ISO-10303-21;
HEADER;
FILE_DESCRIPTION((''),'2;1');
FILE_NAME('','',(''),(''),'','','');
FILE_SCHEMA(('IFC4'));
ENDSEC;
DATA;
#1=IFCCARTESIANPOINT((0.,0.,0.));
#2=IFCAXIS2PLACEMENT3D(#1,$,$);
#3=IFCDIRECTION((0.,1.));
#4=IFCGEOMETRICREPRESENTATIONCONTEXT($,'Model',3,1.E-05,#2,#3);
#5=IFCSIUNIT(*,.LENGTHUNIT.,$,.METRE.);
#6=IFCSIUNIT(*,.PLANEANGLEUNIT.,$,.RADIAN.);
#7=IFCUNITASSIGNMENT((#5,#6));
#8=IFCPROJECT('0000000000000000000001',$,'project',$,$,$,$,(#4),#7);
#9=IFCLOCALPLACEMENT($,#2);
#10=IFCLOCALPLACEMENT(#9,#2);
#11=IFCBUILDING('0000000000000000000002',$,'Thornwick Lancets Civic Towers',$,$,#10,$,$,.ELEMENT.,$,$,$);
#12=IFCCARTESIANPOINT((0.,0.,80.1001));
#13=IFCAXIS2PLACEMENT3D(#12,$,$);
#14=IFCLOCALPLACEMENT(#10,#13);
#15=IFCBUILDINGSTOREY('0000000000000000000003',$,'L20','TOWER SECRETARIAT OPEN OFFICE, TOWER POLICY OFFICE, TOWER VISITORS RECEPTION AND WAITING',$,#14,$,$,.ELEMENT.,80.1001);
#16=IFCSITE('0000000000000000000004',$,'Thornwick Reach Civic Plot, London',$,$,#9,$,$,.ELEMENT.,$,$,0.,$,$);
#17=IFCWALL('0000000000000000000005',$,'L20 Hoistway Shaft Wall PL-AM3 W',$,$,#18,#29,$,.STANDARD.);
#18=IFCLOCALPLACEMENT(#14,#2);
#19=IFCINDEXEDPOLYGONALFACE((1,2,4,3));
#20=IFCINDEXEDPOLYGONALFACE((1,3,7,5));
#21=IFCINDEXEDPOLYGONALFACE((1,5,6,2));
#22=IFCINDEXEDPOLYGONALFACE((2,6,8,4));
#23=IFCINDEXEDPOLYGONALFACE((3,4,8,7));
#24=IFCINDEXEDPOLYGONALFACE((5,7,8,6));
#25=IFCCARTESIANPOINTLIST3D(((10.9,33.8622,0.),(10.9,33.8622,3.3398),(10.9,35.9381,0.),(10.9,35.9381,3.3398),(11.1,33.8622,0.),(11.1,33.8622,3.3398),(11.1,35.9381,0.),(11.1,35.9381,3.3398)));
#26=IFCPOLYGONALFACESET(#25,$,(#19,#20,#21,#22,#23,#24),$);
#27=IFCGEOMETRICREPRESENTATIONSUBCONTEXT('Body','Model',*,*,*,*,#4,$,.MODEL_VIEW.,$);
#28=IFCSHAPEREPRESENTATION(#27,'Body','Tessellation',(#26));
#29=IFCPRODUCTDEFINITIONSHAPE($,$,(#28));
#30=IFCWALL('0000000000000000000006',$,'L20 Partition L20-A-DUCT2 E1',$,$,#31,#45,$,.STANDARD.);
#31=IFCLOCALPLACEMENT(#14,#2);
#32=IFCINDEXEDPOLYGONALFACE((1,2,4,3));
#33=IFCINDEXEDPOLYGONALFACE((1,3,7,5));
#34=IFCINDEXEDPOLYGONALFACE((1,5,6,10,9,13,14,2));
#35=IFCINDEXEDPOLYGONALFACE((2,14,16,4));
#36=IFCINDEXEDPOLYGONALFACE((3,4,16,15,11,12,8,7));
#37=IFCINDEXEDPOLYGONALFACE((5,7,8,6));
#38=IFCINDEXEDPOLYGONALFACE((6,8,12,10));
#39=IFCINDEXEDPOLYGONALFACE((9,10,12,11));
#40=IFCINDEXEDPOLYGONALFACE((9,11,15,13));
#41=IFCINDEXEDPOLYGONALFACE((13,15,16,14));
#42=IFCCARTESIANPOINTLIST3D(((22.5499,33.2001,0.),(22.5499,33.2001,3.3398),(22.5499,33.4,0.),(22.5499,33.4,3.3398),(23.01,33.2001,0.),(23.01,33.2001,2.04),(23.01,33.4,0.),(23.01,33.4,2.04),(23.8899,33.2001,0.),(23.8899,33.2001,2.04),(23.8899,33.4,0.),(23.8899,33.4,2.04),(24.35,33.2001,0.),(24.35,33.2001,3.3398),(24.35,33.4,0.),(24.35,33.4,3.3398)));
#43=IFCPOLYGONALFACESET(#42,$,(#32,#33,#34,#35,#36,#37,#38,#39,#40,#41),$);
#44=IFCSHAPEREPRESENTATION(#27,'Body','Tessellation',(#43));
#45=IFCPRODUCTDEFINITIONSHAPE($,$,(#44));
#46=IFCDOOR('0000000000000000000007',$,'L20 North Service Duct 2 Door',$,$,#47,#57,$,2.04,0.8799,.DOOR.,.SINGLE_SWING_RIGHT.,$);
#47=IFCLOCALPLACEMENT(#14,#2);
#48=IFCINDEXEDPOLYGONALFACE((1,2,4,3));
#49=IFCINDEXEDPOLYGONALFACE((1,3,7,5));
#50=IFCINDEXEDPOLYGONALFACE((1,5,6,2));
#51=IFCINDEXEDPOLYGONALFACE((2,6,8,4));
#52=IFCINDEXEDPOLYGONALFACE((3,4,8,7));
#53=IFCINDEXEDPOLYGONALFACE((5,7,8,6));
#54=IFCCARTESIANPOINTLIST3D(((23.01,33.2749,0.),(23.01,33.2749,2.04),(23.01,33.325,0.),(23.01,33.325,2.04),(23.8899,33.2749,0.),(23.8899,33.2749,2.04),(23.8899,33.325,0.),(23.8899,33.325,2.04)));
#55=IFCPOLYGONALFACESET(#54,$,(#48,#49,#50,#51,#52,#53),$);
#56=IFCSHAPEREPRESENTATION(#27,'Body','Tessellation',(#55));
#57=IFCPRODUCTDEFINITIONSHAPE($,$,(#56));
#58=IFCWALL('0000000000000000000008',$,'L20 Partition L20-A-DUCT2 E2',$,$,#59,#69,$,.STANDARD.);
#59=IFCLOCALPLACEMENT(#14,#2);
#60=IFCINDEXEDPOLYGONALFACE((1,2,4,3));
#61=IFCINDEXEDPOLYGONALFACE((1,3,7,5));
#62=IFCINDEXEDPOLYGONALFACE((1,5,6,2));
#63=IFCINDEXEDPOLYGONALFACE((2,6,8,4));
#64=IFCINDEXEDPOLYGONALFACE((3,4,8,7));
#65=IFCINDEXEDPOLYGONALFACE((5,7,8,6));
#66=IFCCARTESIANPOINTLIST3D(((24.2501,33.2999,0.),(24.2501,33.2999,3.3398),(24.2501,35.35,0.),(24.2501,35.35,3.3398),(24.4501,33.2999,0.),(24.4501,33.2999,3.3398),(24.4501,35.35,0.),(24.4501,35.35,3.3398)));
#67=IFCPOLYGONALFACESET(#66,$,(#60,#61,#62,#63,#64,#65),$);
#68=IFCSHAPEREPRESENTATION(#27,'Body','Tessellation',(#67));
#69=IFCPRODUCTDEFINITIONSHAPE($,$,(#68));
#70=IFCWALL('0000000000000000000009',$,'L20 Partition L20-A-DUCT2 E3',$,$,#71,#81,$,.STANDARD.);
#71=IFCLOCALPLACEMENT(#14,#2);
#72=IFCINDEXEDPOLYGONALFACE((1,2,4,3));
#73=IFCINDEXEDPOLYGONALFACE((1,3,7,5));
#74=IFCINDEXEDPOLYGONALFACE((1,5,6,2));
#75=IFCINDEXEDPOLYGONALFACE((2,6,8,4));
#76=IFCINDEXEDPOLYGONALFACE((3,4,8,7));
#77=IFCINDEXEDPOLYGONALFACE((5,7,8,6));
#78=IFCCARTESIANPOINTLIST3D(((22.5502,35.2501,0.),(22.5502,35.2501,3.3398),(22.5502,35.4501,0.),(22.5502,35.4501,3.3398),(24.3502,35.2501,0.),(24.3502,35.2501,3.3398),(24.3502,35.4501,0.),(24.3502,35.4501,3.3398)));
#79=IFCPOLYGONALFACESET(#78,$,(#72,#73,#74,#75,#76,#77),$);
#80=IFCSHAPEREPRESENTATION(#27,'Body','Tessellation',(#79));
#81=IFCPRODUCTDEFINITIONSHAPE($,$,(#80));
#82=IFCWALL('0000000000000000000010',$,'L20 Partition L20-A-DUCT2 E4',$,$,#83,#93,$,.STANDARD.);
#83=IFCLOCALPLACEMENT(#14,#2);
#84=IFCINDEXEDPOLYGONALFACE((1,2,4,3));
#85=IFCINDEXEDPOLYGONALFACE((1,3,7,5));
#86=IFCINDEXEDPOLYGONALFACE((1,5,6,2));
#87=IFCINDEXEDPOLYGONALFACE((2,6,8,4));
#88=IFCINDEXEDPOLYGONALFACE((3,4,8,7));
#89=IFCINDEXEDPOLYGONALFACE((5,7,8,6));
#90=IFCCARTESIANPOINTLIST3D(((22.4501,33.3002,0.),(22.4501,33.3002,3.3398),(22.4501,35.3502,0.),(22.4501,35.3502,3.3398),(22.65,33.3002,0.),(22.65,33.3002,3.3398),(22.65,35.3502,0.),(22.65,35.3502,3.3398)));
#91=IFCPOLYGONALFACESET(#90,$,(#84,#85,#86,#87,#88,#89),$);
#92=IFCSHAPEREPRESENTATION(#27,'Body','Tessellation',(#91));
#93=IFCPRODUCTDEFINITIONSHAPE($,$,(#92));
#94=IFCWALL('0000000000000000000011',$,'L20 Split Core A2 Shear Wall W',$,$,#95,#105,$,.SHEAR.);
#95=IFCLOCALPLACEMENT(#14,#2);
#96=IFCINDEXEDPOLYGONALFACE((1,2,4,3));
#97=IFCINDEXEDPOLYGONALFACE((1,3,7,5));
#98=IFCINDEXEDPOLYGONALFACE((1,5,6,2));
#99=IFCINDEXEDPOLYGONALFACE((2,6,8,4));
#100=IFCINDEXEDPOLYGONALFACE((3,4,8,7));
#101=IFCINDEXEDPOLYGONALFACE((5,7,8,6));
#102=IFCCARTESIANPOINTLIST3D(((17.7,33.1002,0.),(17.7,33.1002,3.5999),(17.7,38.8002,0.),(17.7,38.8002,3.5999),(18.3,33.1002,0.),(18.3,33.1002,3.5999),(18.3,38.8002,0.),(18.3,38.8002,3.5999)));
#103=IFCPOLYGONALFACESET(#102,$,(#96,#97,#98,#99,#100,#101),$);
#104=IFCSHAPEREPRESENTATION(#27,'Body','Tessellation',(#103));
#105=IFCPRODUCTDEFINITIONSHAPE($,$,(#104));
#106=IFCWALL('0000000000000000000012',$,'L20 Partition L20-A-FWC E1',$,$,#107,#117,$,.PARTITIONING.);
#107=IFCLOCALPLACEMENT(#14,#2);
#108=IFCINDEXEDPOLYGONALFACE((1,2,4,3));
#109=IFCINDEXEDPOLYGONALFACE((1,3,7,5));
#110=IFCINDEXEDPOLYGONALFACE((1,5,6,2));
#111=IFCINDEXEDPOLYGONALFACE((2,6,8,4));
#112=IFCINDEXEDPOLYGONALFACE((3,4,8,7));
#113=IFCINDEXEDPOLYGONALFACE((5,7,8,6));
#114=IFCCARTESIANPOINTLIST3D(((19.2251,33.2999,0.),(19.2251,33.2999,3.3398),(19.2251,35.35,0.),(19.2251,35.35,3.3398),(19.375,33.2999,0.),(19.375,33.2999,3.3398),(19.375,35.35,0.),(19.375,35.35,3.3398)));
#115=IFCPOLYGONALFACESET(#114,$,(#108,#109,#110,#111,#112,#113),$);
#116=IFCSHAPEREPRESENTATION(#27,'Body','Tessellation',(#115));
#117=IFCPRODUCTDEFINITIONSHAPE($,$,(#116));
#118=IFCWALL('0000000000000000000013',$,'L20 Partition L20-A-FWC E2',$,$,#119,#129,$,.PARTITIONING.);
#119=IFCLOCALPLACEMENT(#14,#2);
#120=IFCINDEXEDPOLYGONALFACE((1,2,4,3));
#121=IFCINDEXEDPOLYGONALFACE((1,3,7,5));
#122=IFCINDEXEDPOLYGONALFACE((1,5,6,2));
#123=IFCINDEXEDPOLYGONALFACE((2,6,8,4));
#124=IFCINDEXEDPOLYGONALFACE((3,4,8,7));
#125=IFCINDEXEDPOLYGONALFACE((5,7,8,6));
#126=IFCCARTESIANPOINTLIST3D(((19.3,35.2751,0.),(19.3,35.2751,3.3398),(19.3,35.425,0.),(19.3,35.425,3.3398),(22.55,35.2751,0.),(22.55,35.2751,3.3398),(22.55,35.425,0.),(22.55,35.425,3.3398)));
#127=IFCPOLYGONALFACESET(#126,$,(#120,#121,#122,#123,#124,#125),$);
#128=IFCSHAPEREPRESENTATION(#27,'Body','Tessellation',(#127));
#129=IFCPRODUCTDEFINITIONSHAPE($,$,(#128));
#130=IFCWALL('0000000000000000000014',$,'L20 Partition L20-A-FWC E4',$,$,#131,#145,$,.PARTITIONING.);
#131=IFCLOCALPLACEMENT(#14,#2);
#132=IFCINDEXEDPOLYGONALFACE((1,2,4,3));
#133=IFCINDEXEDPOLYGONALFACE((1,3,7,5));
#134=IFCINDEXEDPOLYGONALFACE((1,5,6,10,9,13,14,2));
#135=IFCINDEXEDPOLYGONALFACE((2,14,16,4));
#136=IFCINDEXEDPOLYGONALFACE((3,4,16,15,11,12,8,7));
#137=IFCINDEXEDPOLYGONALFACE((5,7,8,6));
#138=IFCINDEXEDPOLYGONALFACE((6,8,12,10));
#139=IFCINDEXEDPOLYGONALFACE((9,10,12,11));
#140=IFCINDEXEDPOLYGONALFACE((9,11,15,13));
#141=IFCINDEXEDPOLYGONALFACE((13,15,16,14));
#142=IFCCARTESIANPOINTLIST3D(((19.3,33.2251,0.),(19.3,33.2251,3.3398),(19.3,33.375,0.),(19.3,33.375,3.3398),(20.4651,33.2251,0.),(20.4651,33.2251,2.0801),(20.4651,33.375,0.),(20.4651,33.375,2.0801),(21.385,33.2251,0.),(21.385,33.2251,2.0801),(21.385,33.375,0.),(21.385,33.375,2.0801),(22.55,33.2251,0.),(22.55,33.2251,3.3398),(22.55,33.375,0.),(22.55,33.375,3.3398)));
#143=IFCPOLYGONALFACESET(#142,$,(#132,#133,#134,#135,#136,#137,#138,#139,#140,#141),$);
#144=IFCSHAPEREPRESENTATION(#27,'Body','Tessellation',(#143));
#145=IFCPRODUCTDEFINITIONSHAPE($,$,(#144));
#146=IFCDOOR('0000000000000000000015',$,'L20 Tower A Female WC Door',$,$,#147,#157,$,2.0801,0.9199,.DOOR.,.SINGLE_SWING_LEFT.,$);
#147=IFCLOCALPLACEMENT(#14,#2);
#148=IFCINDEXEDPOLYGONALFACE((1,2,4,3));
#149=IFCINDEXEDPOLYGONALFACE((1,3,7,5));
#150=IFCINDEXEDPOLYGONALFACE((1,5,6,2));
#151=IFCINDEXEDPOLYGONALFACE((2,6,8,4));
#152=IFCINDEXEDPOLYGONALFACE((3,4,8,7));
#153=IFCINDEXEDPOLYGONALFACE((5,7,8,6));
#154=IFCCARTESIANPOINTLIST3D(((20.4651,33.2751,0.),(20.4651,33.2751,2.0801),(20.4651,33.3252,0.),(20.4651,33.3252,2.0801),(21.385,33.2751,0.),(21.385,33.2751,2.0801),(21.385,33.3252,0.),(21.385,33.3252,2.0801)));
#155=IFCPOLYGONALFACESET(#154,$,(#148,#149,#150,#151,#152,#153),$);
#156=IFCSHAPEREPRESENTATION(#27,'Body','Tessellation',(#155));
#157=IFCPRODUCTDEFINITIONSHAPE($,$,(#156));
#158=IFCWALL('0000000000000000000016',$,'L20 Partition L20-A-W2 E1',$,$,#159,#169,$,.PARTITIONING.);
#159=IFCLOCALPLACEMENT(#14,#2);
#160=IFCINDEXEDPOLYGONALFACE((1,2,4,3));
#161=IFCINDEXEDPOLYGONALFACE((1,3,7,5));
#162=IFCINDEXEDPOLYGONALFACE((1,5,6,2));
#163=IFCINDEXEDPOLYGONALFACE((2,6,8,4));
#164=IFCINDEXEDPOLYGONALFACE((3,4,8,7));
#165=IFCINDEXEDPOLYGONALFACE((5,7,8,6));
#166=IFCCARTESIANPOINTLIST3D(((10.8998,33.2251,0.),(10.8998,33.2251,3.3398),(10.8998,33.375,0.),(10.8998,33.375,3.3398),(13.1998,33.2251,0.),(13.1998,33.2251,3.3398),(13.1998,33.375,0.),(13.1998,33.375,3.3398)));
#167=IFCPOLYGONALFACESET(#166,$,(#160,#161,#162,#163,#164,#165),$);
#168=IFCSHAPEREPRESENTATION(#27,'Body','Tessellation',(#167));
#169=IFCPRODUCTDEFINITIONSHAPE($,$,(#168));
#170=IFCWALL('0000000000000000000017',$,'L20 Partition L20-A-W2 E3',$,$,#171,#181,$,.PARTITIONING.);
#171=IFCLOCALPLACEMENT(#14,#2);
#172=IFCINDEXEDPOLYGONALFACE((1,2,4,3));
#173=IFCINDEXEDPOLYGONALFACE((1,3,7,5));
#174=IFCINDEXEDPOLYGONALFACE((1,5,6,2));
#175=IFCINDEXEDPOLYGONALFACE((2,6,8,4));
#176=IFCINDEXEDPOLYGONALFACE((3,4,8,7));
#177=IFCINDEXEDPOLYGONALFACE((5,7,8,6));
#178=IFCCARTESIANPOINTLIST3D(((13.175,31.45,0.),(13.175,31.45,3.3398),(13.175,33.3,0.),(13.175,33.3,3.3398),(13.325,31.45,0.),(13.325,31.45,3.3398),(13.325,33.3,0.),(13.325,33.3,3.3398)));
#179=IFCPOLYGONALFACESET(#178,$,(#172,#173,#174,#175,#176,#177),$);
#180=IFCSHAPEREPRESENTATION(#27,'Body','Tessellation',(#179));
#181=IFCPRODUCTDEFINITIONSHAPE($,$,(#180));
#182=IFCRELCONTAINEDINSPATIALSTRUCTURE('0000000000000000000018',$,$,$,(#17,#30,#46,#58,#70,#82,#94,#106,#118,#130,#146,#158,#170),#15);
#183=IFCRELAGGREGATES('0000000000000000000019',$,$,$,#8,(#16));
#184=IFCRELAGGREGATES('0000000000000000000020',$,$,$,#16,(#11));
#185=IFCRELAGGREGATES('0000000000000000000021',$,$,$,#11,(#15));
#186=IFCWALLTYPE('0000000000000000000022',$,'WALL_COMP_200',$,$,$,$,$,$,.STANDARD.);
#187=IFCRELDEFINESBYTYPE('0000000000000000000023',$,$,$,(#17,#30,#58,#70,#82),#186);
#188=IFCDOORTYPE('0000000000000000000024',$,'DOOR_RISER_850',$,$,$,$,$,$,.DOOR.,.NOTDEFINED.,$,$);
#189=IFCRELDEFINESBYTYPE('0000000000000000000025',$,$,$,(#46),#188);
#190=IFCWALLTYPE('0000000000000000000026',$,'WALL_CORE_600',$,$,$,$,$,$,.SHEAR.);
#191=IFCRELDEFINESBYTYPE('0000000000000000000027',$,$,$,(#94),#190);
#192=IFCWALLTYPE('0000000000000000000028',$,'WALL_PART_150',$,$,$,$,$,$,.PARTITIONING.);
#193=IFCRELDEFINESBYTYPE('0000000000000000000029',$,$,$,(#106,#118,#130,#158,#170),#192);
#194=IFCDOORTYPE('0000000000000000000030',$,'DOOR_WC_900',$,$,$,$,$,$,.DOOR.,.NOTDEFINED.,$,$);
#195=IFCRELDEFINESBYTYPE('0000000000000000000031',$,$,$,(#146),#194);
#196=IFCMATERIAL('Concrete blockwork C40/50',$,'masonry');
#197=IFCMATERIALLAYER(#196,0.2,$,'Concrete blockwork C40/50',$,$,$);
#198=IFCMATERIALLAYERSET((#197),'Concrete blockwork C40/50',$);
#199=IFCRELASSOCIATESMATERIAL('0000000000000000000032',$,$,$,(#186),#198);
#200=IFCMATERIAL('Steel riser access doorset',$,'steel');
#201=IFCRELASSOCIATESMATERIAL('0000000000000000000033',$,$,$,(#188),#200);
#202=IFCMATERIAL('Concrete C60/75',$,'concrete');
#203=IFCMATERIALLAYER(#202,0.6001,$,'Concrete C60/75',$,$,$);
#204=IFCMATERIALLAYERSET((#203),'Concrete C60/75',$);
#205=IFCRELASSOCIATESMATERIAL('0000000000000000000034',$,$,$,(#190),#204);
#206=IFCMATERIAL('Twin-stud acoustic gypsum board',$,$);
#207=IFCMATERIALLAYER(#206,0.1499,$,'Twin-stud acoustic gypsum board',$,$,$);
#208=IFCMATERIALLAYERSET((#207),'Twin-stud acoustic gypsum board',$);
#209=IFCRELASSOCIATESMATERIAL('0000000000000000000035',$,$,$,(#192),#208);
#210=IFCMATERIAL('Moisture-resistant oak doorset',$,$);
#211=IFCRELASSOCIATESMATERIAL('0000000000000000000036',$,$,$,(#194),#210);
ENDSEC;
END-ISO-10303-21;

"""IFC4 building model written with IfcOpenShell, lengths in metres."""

from ifc_helpers import new_model, si_unit, direction, frame, frame_2d, origin, place, context, subcontext, project, spatial, rectangle, extrude, material, layer, layer_set, type_object, element, fill, save


model = new_model("IFC4")

# Units and contexts
model_context = context("Model", 3, precision=1e-05, world=origin(), true_north=direction((0.0, 1.0)))
body_context = subcontext(model_context, "Body", "Model", "MODEL_VIEW")
ifc_project = project(units=[si_unit("LENGTHUNIT", "METRE"), si_unit("PLANEANGLEUNIT", "RADIAN")], contexts=[model_context])

# Site, building, storey
site_placement = place(None, origin())
site = spatial("IfcSite", under=ifc_project, at=site_placement, Name="Thornwick Reach Civic Plot, London", CompositionType="ELEMENT", RefElevation=0.0)
building_placement = place(site_placement, origin())
building = spatial("IfcBuilding", under=site, at=building_placement, Name="Thornwick Lancets Civic Towers", CompositionType="ELEMENT")
storey_placement = place(building_placement, frame((0.0, 0.0, 80.1001)))
storey = spatial("IfcBuildingStorey", under=building, at=storey_placement, Name="L20", Description="TOWER SECRETARIAT OPEN OFFICE, TOWER POLICY OFFICE, TOWER VISITORS RECEPTION AND WAITING", CompositionType="ELEMENT", Elevation=80.1001)

# Shared definitions
ifc_material_1 = material(Name="Concrete C60/75", Category="concrete")

# Shared definitions
ifc_material_2 = material(Name="Concrete blockwork C40/50", Category="masonry")
ifc_layer_1 = layer(ifc_material_2, 0.2, Name="Concrete blockwork C40/50")
ifc_layer_set_1 = layer_set([ifc_layer_1], Name="Concrete blockwork C40/50")
wall_type_1 = type_object("IfcWallType", Name="WALL_COMP_200", PredefinedType="STANDARD", material=ifc_layer_set_1)

# Wall
wall_1_placement = place(storey_placement, frame((11.0, 33.8621, 0.0), z_axis=(0.0, 0.0, 1.0), x_axis=(0.0, 1.0, 0.0)))
element("IfcWall", 1, at=wall_1_placement, inside=storey, type_object=wall_type_1, Name="L20 Hoistway Shaft Wall PL-AM3 W", PredefinedType="STANDARD", context=body_context, shape_type="SweptSolid", body=[
    extrude(rectangle(XDim=2.0759, YDim=0.2, at=frame_2d((1.0381, 0.0))), origin(), (0.0, 0.0, 1.0), 3.3398),
])

# Wall, opening, door
wall_2_placement = place(storey_placement, frame((22.55, 33.3, 0.0), z_axis=(0.0, 0.0, 1.0), x_axis=(1.0, 0.0, 0.0)))
wall_2 = element("IfcWall", 2, at=wall_2_placement, inside=storey, type_object=wall_type_1, Name="L20 Partition L20-A-DUCT2 E1", PredefinedType="STANDARD", context=body_context, shape_type="SweptSolid", body=[
    extrude(rectangle(XDim=1.8, YDim=0.2, at=frame_2d((0.8999, 0.0))), origin(), (0.0, 0.0, 1.0), 3.3398),
])
opening_1_placement = place(wall_2_placement, frame((0.46, 0.0, 0.0)))
opening_1 = element("IfcOpeningElement", 3, at=opening_1_placement, cuts=wall_2, PredefinedType="OPENING", context=body_context, shape_type="SweptSolid", body=[
    extrude(rectangle(XDim=0.8799, YDim=2.04, at=frame_2d((0.4399, 1.02))), frame((0.0, 0.1099, 0.0), z_axis=(0.0, -1.0, 0.0), x_axis=(1.0, 0.0, 0.0)), (0.0, 0.0, 1.0), 0.22),
])
ifc_material_3 = material(Name="Steel riser access doorset", Category="steel")
door_type_1 = type_object("IfcDoorType", Name="DOOR_RISER_850", OperationType="NOTDEFINED", PredefinedType="DOOR", material=ifc_material_3)
door_1_placement = place(opening_1_placement, origin())
door_1 = element("IfcDoor", 4, at=door_1_placement, inside=storey, type_object=door_type_1, Name="L20 North Service Duct 2 Door", OperationType="SINGLE_SWING_RIGHT", OverallHeight=2.04, OverallWidth=0.8799, PredefinedType="DOOR", context=body_context, shape_type="SweptSolid", body=[
    extrude(rectangle(XDim=0.8799, YDim=2.04, at=frame_2d((0.4399, 1.02))), frame((0.0, 0.0249, 0.0), z_axis=(0.0, -1.0, 0.0), x_axis=(1.0, 0.0, 0.0)), (0.0, 0.0, 1.0), 0.05),
])
fill(opening_1, door_1)

# Walls
wall_3_placement = place(storey_placement, frame((24.3501, 33.3, 0.0), z_axis=(0.0, 0.0, 1.0), x_axis=(0.0, 1.0, 0.0)))
element("IfcWall", 5, at=wall_3_placement, inside=storey, type_object=wall_type_1, Name="L20 Partition L20-A-DUCT2 E2", PredefinedType="STANDARD", context=body_context, shape_type="SweptSolid", body=[
    extrude(rectangle(XDim=2.05, YDim=0.2, at=frame_2d((1.0249, 0.0))), origin(), (0.0, 0.0, 1.0), 3.3398),
])
wall_4_placement = place(storey_placement, frame((24.3501, 35.3501, 0.0), z_axis=(0.0, 0.0, 1.0), x_axis=(-1.0, 0.0, 0.0)))
element("IfcWall", 6, at=wall_4_placement, inside=storey, type_object=wall_type_1, Name="L20 Partition L20-A-DUCT2 E3", PredefinedType="STANDARD", context=body_context, shape_type="SweptSolid", body=[
    extrude(rectangle(XDim=1.8, YDim=0.2, at=frame_2d((0.8999, 0.0))), origin(), (0.0, 0.0, 1.0), 3.3398),
])
wall_5_placement = place(storey_placement, frame((22.55, 35.3501, 0.0), z_axis=(0.0, 0.0, 1.0), x_axis=(0.0, -1.0, 0.0)))
element("IfcWall", 7, at=wall_5_placement, inside=storey, type_object=wall_type_1, Name="L20 Partition L20-A-DUCT2 E4", PredefinedType="STANDARD", context=body_context, shape_type="SweptSolid", body=[
    extrude(rectangle(XDim=2.05, YDim=0.2, at=frame_2d((1.0249, 0.0))), origin(), (0.0, 0.0, 1.0), 3.3398),
])
ifc_layer_2 = layer(ifc_material_1, 0.6001, Name="Concrete C60/75")
ifc_layer_set_2 = layer_set([ifc_layer_2], Name="Concrete C60/75")
wall_type_2 = type_object("IfcWallType", Name="WALL_CORE_600", PredefinedType="SHEAR", material=ifc_layer_set_2)
wall_6_placement = place(storey_placement, frame((18.0, 33.1001, 0.0), z_axis=(0.0, 0.0, 1.0), x_axis=(0.0, 1.0, 0.0)))
element("IfcWall", 8, at=wall_6_placement, inside=storey, type_object=wall_type_2, Name="L20 Split Core A2 Shear Wall W", PredefinedType="SHEAR", context=body_context, shape_type="SweptSolid", body=[
    extrude(rectangle(XDim=5.7, YDim=0.6001, at=frame_2d((2.8501, 0.0))), origin(), (0.0, 0.0, 1.0), 3.5999),
])
ifc_material_4 = material(Name="Twin-stud acoustic gypsum board")
ifc_layer_3 = layer(ifc_material_4, 0.1499, Name="Twin-stud acoustic gypsum board")
ifc_layer_set_3 = layer_set([ifc_layer_3], Name="Twin-stud acoustic gypsum board")
wall_type_3 = type_object("IfcWallType", Name="WALL_PART_150", PredefinedType="PARTITIONING", material=ifc_layer_set_3)
wall_7_placement = place(storey_placement, frame((19.3, 33.3, 0.0), z_axis=(0.0, 0.0, 1.0), x_axis=(0.0, 1.0, 0.0)))
element("IfcWall", 9, at=wall_7_placement, inside=storey, type_object=wall_type_3, Name="L20 Partition L20-A-FWC E1", PredefinedType="PARTITIONING", context=body_context, shape_type="SweptSolid", body=[
    extrude(rectangle(XDim=2.05, YDim=0.1499, at=frame_2d((1.0249, 0.0))), origin(), (0.0, 0.0, 1.0), 3.3398),
])
wall_8_placement = place(storey_placement, frame((19.3, 35.3501, 0.0), z_axis=(0.0, 0.0, 1.0), x_axis=(1.0, 0.0, 0.0)))
element("IfcWall", 10, at=wall_8_placement, inside=storey, type_object=wall_type_3, Name="L20 Partition L20-A-FWC E2", PredefinedType="PARTITIONING", context=body_context, shape_type="SweptSolid", body=[
    extrude(rectangle(XDim=3.25, YDim=0.1499, at=frame_2d((1.625, 0.0))), origin(), (0.0, 0.0, 1.0), 3.3398),
])

# Wall, opening, door
wall_9_placement = place(storey_placement, frame((22.55, 33.3, 0.0), z_axis=(0.0, 0.0, 1.0), x_axis=(-1.0, 0.0, 0.0)))
wall_9 = element("IfcWall", 11, at=wall_9_placement, inside=storey, type_object=wall_type_3, Name="L20 Partition L20-A-FWC E4", PredefinedType="PARTITIONING", context=body_context, shape_type="SweptSolid", body=[
    extrude(rectangle(XDim=3.25, YDim=0.1499, at=frame_2d((1.625, 0.0))), origin(), (0.0, 0.0, 1.0), 3.3398),
])
opening_2_placement = place(wall_9_placement, frame((1.165, 0.0, 0.0)))
opening_2 = element("IfcOpeningElement", 12, at=opening_2_placement, cuts=wall_9, PredefinedType="OPENING", context=body_context, shape_type="SweptSolid", body=[
    extrude(rectangle(XDim=0.9199, YDim=2.0801, at=frame_2d((0.46, 1.04))), frame((0.0, 0.085, 0.0), z_axis=(0.0, -1.0, 0.0), x_axis=(1.0, 0.0, 0.0)), (0.0, 0.0, 1.0), 0.1699),
])
ifc_material_5 = material(Name="Moisture-resistant oak doorset")
door_type_2 = type_object("IfcDoorType", Name="DOOR_WC_900", OperationType="NOTDEFINED", PredefinedType="DOOR", material=ifc_material_5)
door_2_placement = place(opening_2_placement, origin())
door_2 = element("IfcDoor", 13, at=door_2_placement, inside=storey, type_object=door_type_2, Name="L20 Tower A Female WC Door", OperationType="SINGLE_SWING_LEFT", OverallHeight=2.0801, OverallWidth=0.9199, PredefinedType="DOOR", context=body_context, shape_type="SweptSolid", body=[
    extrude(rectangle(XDim=0.9199, YDim=2.0801, at=frame_2d((0.46, 1.04))), frame((0.0, 0.0249, 0.0), z_axis=(0.0, -1.0, 0.0), x_axis=(1.0, 0.0, 0.0)), (0.0, 0.0, 1.0), 0.05),
])
fill(opening_2, door_2)

# Walls
wall_10_placement = place(storey_placement, frame((10.8999, 33.3, 0.0), z_axis=(0.0, 0.0, 1.0), x_axis=(1.0, 0.0, 0.0)))
element("IfcWall", 14, at=wall_10_placement, inside=storey, type_object=wall_type_3, Name="L20 Partition L20-A-W2 E1", PredefinedType="PARTITIONING", context=body_context, shape_type="SweptSolid", body=[
    extrude(rectangle(XDim=2.3, YDim=0.1499, at=frame_2d((1.1499, 0.0))), origin(), (0.0, 0.0, 1.0), 3.3398),
])
wall_11_placement = place(storey_placement, frame((13.25, 33.3, 0.0), z_axis=(0.0, 0.0, 1.0), x_axis=(0.0, -1.0, 0.0)))
element("IfcWall", 15, at=wall_11_placement, inside=storey, type_object=wall_type_3, Name="L20 Partition L20-A-W2 E3", PredefinedType="PARTITIONING", context=body_context, shape_type="SweptSolid", body=[
    extrude(rectangle(XDim=1.8501, YDim=0.1499, at=frame_2d((0.925, 0.0))), origin(), (0.0, 0.0, 1.0), 3.3398),
])

save(model, "model.ifc")
